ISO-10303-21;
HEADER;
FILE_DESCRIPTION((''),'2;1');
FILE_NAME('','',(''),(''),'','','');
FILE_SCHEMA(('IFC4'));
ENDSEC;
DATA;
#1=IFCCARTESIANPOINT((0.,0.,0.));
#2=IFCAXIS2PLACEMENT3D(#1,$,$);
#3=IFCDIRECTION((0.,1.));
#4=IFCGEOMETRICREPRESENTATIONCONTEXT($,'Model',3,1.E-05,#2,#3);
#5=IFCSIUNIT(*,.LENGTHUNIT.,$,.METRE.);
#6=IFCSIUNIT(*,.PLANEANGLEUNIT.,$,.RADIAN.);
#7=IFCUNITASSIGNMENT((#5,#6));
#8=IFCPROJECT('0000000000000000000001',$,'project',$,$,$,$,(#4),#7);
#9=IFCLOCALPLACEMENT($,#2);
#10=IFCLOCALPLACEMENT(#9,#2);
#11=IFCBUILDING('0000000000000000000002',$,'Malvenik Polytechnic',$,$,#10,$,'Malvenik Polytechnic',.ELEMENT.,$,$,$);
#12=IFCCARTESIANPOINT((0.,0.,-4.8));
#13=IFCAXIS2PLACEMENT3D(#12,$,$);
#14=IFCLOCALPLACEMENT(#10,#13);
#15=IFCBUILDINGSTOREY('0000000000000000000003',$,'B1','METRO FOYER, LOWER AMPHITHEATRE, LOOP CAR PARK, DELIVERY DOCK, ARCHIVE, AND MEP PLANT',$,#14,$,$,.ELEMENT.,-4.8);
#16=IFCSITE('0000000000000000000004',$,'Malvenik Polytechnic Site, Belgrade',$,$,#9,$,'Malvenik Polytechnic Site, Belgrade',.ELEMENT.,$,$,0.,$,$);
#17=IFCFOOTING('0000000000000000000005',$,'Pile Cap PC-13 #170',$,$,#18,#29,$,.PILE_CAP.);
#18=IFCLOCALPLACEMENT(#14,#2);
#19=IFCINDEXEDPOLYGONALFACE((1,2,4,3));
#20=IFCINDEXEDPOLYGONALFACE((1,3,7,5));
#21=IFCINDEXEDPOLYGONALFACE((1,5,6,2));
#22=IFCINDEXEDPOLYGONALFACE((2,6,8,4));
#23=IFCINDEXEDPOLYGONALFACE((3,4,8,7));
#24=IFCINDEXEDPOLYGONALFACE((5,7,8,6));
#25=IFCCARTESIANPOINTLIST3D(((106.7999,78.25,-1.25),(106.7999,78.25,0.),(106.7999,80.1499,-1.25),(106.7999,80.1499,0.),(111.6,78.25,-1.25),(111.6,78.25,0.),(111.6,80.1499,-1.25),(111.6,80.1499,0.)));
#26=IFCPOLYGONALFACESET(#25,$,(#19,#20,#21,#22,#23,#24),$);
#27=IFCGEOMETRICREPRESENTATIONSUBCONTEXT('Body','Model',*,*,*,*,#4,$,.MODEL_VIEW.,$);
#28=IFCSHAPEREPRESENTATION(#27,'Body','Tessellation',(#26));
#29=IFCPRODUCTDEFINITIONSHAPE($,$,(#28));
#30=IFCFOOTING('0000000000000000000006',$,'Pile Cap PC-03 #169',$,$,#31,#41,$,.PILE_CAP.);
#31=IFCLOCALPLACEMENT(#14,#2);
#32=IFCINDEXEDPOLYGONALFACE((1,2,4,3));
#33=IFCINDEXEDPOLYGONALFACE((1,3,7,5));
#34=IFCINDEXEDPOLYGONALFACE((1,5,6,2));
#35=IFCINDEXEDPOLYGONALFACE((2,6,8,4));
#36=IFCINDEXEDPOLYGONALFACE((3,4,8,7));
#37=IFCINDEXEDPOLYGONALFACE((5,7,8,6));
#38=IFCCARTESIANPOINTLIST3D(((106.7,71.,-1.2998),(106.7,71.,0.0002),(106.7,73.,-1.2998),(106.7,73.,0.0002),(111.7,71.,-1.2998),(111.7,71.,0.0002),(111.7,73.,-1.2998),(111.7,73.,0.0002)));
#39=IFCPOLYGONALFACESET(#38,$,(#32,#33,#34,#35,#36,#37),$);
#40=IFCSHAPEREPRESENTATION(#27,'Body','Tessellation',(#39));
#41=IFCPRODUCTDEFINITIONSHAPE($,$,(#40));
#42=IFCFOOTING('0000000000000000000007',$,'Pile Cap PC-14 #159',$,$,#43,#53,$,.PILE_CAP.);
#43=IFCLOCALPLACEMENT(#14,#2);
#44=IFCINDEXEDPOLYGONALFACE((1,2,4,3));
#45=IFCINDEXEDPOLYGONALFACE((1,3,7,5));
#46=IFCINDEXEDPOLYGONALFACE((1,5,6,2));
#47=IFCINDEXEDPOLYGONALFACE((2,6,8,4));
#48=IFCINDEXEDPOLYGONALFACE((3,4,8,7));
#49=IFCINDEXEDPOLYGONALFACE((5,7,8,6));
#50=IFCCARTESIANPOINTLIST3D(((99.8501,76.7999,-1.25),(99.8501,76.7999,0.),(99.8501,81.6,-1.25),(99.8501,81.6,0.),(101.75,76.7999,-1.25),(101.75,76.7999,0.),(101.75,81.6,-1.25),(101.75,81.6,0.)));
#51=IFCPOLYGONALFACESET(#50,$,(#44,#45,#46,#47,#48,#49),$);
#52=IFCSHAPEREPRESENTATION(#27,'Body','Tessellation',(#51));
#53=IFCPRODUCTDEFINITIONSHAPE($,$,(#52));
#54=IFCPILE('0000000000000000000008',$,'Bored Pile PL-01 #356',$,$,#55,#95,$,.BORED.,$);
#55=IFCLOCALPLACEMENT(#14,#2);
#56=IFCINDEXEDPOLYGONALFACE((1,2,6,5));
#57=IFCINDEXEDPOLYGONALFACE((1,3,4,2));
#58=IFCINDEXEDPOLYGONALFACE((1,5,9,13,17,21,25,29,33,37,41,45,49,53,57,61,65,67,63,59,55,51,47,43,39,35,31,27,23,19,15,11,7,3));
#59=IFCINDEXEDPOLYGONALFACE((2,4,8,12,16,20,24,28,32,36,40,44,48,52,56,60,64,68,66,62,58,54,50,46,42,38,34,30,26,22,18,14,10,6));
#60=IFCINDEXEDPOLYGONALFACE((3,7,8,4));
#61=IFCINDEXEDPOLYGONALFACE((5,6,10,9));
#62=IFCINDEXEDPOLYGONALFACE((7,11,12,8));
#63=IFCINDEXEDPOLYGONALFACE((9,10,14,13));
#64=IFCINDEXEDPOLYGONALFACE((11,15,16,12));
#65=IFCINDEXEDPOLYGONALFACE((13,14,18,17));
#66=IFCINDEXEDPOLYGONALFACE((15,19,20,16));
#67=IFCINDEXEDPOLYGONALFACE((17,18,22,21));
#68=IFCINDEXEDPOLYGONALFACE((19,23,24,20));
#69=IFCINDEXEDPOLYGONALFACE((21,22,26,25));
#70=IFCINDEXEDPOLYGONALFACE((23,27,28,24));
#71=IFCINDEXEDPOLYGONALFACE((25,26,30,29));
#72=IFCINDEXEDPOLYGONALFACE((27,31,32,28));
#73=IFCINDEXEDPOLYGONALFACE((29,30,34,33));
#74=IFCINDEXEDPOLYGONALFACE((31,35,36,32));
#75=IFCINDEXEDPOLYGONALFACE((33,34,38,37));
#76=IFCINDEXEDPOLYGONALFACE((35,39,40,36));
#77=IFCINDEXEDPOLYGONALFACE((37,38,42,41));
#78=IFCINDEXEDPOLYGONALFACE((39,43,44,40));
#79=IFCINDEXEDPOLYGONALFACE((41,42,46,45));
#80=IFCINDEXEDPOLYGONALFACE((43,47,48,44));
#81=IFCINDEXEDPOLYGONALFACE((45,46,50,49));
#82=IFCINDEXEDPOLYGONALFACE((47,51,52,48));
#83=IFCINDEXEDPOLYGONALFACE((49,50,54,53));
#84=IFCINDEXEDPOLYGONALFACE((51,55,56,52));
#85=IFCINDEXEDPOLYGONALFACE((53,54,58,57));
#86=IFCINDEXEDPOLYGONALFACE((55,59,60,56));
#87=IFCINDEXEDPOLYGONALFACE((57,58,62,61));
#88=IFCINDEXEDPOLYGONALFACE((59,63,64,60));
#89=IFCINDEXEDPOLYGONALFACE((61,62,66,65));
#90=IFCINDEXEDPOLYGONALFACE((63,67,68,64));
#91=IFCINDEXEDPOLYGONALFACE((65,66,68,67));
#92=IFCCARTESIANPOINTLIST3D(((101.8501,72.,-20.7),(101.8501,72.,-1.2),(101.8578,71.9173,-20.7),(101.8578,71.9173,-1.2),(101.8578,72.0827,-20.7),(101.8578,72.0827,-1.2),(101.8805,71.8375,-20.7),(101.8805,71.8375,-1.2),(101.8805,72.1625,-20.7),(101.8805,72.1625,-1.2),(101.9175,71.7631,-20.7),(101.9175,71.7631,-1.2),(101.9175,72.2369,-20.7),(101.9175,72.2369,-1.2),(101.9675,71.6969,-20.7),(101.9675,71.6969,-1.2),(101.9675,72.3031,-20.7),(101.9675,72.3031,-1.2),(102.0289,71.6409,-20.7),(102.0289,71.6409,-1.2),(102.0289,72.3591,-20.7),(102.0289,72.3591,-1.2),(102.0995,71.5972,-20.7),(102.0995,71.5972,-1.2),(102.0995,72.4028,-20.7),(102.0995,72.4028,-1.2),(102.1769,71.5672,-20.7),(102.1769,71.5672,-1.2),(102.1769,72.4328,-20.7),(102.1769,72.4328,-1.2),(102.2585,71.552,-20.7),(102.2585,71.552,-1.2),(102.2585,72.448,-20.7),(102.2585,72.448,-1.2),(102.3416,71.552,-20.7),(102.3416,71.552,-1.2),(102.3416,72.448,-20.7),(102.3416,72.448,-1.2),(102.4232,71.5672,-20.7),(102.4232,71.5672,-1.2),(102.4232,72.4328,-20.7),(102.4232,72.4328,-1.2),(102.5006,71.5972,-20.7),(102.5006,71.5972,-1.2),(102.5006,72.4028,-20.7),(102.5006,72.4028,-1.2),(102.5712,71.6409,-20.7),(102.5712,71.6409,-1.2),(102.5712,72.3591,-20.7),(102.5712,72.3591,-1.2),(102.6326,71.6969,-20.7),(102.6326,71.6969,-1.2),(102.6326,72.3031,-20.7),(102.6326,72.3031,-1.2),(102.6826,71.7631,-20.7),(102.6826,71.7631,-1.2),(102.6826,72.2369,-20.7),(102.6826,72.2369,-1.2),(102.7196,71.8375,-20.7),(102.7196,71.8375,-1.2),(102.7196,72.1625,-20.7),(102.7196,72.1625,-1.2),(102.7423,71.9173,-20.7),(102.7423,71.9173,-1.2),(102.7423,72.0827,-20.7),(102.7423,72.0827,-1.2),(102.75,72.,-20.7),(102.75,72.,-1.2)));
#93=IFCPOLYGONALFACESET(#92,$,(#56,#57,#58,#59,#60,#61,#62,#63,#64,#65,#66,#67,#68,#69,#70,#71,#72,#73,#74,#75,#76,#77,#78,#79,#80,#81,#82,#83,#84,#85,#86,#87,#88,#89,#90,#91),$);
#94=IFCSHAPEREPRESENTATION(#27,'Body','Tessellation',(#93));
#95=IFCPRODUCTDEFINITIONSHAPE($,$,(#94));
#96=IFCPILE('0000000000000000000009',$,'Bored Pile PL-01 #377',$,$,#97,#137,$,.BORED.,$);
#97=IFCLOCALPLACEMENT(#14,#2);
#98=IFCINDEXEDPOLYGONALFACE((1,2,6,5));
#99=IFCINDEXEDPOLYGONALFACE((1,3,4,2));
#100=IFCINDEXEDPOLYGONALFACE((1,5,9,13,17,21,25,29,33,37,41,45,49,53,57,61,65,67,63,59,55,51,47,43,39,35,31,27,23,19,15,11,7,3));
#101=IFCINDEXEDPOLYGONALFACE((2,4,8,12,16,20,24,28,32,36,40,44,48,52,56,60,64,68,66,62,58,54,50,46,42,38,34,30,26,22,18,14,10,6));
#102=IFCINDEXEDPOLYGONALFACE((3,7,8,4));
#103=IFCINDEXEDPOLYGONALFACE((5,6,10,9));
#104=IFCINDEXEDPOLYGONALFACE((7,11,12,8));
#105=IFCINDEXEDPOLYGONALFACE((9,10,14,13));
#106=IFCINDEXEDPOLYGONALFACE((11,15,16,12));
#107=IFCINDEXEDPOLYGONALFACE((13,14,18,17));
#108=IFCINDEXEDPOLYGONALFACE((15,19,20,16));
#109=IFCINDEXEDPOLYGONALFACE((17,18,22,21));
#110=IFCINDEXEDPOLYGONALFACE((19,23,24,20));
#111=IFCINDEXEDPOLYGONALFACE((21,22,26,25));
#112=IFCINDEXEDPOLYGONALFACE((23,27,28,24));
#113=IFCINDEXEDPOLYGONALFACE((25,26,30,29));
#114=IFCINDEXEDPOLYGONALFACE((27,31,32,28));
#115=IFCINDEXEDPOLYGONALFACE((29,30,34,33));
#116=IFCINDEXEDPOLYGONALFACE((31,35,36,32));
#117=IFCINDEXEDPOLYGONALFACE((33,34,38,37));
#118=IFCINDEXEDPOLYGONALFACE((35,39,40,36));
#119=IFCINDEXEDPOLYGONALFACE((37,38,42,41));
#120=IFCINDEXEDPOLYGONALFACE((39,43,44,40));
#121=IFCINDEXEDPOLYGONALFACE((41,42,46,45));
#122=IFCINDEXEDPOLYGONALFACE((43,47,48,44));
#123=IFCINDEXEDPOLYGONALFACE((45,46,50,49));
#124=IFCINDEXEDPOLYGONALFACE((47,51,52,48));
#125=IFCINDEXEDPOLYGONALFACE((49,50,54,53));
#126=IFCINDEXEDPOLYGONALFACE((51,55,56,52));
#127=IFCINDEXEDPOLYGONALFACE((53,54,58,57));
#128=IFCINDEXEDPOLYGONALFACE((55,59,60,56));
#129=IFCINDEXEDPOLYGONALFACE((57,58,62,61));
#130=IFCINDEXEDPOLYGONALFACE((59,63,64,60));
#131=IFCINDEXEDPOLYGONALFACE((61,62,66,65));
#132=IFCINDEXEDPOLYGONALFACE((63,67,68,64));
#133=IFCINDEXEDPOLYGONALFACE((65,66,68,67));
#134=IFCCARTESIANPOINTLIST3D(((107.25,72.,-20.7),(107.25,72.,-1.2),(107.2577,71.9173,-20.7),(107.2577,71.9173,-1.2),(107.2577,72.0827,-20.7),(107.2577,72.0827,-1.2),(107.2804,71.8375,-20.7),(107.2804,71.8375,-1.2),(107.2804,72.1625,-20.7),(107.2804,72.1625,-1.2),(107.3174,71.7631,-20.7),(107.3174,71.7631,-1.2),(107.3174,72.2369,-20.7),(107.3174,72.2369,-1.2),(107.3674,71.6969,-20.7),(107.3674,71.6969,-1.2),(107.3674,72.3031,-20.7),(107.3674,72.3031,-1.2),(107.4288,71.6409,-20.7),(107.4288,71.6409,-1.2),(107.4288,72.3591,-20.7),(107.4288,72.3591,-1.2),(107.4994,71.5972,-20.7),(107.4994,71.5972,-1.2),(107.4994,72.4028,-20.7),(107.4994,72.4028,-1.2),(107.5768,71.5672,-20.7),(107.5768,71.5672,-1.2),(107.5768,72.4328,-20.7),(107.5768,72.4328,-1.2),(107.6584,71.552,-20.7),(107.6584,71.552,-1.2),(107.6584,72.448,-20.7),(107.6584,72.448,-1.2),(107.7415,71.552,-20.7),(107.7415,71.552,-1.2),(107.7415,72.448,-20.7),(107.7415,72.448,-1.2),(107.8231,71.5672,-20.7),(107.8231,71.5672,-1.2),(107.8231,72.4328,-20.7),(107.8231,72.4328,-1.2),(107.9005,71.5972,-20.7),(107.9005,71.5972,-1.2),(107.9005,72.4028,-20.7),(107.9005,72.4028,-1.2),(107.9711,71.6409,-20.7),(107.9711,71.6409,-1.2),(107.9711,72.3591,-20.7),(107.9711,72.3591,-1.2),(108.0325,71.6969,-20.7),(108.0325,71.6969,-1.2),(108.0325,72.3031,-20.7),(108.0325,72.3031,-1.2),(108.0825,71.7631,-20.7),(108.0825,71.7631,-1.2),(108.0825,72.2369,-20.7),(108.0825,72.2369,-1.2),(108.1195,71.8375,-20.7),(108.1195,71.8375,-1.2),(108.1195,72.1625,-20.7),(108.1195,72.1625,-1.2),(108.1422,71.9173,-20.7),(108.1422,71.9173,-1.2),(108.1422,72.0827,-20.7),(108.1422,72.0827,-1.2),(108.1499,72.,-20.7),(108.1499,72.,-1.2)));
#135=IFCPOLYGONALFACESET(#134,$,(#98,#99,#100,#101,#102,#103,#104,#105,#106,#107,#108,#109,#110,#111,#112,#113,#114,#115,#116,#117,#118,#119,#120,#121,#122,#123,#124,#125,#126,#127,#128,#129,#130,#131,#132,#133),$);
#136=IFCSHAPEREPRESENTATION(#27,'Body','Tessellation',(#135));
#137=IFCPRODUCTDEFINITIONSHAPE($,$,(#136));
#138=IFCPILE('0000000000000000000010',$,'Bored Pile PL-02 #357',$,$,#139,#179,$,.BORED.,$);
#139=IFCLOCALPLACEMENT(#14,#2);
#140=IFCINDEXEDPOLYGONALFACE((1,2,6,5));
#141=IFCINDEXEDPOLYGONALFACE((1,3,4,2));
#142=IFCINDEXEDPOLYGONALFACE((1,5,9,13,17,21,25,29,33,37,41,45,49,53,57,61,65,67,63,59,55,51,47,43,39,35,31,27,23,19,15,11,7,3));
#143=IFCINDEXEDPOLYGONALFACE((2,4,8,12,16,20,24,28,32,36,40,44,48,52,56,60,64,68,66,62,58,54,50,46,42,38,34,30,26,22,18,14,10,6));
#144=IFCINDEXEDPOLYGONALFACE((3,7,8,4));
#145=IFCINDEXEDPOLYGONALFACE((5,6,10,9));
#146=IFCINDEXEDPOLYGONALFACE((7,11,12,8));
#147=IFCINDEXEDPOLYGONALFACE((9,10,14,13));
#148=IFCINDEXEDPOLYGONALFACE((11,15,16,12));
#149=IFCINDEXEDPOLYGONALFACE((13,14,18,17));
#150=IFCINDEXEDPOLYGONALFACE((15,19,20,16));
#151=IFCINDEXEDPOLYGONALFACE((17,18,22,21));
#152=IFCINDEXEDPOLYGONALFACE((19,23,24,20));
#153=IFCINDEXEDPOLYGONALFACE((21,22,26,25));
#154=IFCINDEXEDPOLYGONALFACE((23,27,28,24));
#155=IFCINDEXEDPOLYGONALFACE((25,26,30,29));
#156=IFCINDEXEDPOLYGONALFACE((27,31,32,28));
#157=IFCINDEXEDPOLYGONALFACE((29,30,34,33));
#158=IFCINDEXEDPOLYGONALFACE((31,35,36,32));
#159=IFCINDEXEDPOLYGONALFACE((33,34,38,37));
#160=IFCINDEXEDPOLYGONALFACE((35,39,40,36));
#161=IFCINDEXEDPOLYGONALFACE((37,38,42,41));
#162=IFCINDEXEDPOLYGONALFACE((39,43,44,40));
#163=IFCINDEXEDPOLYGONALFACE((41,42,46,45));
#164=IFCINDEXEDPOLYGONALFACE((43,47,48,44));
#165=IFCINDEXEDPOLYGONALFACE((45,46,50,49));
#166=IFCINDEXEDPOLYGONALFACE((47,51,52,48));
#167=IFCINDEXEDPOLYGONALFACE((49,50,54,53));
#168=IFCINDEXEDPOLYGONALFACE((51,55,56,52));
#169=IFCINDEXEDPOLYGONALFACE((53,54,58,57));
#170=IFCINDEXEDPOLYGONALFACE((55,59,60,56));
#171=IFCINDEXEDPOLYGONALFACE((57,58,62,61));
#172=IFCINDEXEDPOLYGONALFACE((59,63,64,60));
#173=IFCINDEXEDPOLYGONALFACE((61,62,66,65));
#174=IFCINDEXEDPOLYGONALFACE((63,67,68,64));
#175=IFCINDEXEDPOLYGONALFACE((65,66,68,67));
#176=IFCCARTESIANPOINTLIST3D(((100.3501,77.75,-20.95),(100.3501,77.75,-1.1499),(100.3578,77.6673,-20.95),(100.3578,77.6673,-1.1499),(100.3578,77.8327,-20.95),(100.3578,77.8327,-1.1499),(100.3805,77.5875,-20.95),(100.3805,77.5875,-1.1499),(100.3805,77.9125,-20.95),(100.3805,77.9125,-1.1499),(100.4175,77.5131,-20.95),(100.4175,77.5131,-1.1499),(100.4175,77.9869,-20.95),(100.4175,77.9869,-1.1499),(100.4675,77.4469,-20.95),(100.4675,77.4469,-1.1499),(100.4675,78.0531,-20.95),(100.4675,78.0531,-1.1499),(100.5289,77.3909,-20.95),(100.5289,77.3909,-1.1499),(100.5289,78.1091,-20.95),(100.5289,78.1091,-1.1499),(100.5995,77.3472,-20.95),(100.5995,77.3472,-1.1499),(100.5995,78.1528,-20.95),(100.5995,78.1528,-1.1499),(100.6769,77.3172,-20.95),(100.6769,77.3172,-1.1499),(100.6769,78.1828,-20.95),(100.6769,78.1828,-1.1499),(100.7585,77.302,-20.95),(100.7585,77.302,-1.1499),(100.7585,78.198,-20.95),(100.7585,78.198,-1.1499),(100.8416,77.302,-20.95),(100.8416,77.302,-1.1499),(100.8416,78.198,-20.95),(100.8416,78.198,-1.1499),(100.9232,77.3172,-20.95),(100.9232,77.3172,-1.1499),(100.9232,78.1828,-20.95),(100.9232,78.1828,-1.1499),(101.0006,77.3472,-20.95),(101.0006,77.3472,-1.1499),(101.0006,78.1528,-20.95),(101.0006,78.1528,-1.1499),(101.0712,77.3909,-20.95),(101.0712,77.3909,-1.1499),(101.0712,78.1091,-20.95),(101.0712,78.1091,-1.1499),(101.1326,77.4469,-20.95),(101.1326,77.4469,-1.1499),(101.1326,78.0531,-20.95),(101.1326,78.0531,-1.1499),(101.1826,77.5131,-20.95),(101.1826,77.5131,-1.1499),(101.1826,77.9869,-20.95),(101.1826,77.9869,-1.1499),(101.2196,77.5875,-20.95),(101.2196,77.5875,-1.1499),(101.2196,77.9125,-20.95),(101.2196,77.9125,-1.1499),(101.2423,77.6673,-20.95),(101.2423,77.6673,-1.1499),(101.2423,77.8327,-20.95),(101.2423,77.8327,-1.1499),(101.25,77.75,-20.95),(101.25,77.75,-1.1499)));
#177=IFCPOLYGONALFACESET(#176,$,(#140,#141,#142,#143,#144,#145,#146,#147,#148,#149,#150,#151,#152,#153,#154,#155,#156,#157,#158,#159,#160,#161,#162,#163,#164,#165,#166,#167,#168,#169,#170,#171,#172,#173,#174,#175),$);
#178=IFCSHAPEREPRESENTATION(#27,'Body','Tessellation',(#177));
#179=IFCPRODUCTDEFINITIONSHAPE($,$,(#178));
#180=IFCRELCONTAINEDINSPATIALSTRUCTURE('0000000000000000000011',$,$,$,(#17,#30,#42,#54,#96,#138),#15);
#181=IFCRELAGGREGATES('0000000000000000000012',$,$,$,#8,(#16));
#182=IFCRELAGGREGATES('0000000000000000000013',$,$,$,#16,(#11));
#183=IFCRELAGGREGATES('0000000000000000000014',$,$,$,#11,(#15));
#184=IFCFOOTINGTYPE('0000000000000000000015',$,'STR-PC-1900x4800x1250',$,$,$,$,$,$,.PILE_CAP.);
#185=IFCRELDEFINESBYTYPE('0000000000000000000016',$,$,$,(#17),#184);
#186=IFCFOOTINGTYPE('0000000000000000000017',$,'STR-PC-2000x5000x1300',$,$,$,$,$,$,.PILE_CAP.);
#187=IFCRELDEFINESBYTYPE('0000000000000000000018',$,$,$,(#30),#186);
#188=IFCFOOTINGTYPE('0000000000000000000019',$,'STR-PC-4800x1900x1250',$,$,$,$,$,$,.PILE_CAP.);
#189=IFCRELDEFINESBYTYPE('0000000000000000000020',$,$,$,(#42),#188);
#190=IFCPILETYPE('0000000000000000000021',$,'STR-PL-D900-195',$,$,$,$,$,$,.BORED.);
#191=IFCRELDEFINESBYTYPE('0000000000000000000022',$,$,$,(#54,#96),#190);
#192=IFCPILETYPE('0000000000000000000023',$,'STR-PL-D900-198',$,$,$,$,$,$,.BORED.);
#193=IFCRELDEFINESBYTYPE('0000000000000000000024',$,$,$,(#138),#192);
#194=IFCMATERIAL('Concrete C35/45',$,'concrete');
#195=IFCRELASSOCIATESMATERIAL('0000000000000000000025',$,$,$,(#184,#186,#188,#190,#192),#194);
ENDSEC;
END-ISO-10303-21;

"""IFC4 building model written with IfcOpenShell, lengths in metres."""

from ifc_helpers import new_model, si_unit, direction, frame, origin, origin_2d, place, context, subcontext, project, spatial, rectangle, circle, extrude, material, material_profile, profile_set, type_object, element, save


model = new_model("IFC4")

# Units and contexts
model_context = context("Model", 3, precision=1e-05, world=origin(), true_north=direction((0.0, 1.0)))
body_context = subcontext(model_context, "Body", "Model", "MODEL_VIEW")
ifc_project = project(units=[si_unit("LENGTHUNIT", "METRE"), si_unit("PLANEANGLEUNIT", "RADIAN")], contexts=[model_context])

# Site, building, storey
site_placement = place(None, origin())
site = spatial("IfcSite", under=ifc_project, at=site_placement, Name="Malvenik Polytechnic Site, Belgrade", LongName="Malvenik Polytechnic Site, Belgrade", CompositionType="ELEMENT", RefElevation=0.0)
building_placement = place(site_placement, origin())
building = spatial("IfcBuilding", under=site, at=building_placement, Name="Malvenik Polytechnic", LongName="Malvenik Polytechnic", CompositionType="ELEMENT")
storey_placement = place(building_placement, frame((0.0, 0.0, -4.8)))
storey = spatial("IfcBuildingStorey", under=building, at=storey_placement, Name="B1", Description="METRO FOYER, LOWER AMPHITHEATRE, LOOP CAR PARK, DELIVERY DOCK, ARCHIVE, AND MEP PLANT", CompositionType="ELEMENT", Elevation=-4.8)

# Footings
ifc_material_1 = material(Name="Concrete C35/45", Category="concrete")
footing_type_1 = type_object("IfcFootingType", Name="STR-PC-1900x4800x1250", PredefinedType="PILE_CAP", material=ifc_material_1)
footing_1_placement = place(storey_placement, frame((109.2, 79.2, -1.25), z_axis=(0.0, 0.0, 1.0), x_axis=(1.0, 0.0, 0.0)))
element("IfcFooting", 1, at=footing_1_placement, inside=storey, type_object=footing_type_1, Name="Pile Cap PC-13 #170", PredefinedType="PILE_CAP", context=body_context, shape_type="SweptSolid", body=[
    extrude(rectangle(XDim=4.8, YDim=1.8999, at=origin_2d()), origin(), (0.0, 0.0, 1.0), 1.25),
])
footing_type_2 = type_object("IfcFootingType", Name="STR-PC-2000x5000x1300", PredefinedType="PILE_CAP", material=ifc_material_1)
footing_2_placement = place(storey_placement, frame((109.2, 72.0, -1.2998), z_axis=(0.0, 0.0, 1.0), x_axis=(1.0, 0.0, 0.0)))
element("IfcFooting", 2, at=footing_2_placement, inside=storey, type_object=footing_type_2, Name="Pile Cap PC-03 #169", PredefinedType="PILE_CAP", context=body_context, shape_type="SweptSolid", body=[
    extrude(rectangle(XDim=5.0, YDim=2.0, at=origin_2d()), origin(), (0.0, 0.0, 1.0), 1.3),
])
footing_type_3 = type_object("IfcFootingType", Name="STR-PC-4800x1900x1250", PredefinedType="PILE_CAP", material=ifc_material_1)
footing_3_placement = place(storey_placement, frame((100.8, 79.2, -1.25), z_axis=(0.0, 0.0, 1.0), x_axis=(1.0, 0.0, 0.0)))
element("IfcFooting", 3, at=footing_3_placement, inside=storey, type_object=footing_type_3, Name="Pile Cap PC-14 #159", PredefinedType="PILE_CAP", context=body_context, shape_type="SweptSolid", body=[
    extrude(rectangle(XDim=1.8999, YDim=4.8, at=origin_2d()), origin(), (0.0, 0.0, 1.0), 1.25),
])

# Piles
ifc_material_profile_1 = material_profile(ifc_material_1, circle(Radius=0.45, at=origin_2d()), Name="BORED PILE D900")
ifc_profile_set_1 = profile_set([ifc_material_profile_1], Name="Concrete C35/45")
pile_type_1 = type_object("IfcPileType", Name="STR-PL-D900-195", PredefinedType="BORED", material=ifc_profile_set_1)
for number, where, z_axis, x_axis, name in (
    (4, (102.3, 72.0, -1.2), (0.0, 0.0, -1.0), (1.0, 0.0, 0.0), "Bored Pile PL-01 #356"),
    (5, (107.7, 72.0, -1.2), (0.0, 0.0, -1.0), (1.0, 0.0, 0.0), "Bored Pile PL-01 #377"),
):
    element("IfcPile", number, at=place(storey_placement, frame(where, z_axis=z_axis, x_axis=x_axis)), inside=storey, type_object=pile_type_1, Name=name, PredefinedType="BORED", context=body_context, shape_type="SweptSolid", body=[
        extrude(circle(Radius=0.45, at=origin_2d()), origin(), (0.0, 0.0, 1.0), 19.5),
    ])
ifc_material_profile_2 = material_profile(ifc_material_1, circle(Radius=0.45, at=origin_2d()), Name="BORED PILE D900")
ifc_profile_set_2 = profile_set([ifc_material_profile_2], Name="Concrete C35/45")
pile_type_2 = type_object("IfcPileType", Name="STR-PL-D900-198", PredefinedType="BORED", material=ifc_profile_set_2)
for number, where, z_axis, x_axis, name in (
    (6, (100.8, 77.75, -1.1499), (0.0, 0.0, -1.0), (1.0, 0.0, 0.0), "Bored Pile PL-02 #357"),
):
    element("IfcPile", number, at=place(storey_placement, frame(where, z_axis=z_axis, x_axis=x_axis)), inside=storey, type_object=pile_type_2, Name=name, PredefinedType="BORED", context=body_context, shape_type="SweptSolid", body=[
        extrude(circle(Radius=0.45, at=origin_2d()), origin(), (0.0, 0.0, 1.0), 19.8),
    ])

save(model, "model.ifc")
